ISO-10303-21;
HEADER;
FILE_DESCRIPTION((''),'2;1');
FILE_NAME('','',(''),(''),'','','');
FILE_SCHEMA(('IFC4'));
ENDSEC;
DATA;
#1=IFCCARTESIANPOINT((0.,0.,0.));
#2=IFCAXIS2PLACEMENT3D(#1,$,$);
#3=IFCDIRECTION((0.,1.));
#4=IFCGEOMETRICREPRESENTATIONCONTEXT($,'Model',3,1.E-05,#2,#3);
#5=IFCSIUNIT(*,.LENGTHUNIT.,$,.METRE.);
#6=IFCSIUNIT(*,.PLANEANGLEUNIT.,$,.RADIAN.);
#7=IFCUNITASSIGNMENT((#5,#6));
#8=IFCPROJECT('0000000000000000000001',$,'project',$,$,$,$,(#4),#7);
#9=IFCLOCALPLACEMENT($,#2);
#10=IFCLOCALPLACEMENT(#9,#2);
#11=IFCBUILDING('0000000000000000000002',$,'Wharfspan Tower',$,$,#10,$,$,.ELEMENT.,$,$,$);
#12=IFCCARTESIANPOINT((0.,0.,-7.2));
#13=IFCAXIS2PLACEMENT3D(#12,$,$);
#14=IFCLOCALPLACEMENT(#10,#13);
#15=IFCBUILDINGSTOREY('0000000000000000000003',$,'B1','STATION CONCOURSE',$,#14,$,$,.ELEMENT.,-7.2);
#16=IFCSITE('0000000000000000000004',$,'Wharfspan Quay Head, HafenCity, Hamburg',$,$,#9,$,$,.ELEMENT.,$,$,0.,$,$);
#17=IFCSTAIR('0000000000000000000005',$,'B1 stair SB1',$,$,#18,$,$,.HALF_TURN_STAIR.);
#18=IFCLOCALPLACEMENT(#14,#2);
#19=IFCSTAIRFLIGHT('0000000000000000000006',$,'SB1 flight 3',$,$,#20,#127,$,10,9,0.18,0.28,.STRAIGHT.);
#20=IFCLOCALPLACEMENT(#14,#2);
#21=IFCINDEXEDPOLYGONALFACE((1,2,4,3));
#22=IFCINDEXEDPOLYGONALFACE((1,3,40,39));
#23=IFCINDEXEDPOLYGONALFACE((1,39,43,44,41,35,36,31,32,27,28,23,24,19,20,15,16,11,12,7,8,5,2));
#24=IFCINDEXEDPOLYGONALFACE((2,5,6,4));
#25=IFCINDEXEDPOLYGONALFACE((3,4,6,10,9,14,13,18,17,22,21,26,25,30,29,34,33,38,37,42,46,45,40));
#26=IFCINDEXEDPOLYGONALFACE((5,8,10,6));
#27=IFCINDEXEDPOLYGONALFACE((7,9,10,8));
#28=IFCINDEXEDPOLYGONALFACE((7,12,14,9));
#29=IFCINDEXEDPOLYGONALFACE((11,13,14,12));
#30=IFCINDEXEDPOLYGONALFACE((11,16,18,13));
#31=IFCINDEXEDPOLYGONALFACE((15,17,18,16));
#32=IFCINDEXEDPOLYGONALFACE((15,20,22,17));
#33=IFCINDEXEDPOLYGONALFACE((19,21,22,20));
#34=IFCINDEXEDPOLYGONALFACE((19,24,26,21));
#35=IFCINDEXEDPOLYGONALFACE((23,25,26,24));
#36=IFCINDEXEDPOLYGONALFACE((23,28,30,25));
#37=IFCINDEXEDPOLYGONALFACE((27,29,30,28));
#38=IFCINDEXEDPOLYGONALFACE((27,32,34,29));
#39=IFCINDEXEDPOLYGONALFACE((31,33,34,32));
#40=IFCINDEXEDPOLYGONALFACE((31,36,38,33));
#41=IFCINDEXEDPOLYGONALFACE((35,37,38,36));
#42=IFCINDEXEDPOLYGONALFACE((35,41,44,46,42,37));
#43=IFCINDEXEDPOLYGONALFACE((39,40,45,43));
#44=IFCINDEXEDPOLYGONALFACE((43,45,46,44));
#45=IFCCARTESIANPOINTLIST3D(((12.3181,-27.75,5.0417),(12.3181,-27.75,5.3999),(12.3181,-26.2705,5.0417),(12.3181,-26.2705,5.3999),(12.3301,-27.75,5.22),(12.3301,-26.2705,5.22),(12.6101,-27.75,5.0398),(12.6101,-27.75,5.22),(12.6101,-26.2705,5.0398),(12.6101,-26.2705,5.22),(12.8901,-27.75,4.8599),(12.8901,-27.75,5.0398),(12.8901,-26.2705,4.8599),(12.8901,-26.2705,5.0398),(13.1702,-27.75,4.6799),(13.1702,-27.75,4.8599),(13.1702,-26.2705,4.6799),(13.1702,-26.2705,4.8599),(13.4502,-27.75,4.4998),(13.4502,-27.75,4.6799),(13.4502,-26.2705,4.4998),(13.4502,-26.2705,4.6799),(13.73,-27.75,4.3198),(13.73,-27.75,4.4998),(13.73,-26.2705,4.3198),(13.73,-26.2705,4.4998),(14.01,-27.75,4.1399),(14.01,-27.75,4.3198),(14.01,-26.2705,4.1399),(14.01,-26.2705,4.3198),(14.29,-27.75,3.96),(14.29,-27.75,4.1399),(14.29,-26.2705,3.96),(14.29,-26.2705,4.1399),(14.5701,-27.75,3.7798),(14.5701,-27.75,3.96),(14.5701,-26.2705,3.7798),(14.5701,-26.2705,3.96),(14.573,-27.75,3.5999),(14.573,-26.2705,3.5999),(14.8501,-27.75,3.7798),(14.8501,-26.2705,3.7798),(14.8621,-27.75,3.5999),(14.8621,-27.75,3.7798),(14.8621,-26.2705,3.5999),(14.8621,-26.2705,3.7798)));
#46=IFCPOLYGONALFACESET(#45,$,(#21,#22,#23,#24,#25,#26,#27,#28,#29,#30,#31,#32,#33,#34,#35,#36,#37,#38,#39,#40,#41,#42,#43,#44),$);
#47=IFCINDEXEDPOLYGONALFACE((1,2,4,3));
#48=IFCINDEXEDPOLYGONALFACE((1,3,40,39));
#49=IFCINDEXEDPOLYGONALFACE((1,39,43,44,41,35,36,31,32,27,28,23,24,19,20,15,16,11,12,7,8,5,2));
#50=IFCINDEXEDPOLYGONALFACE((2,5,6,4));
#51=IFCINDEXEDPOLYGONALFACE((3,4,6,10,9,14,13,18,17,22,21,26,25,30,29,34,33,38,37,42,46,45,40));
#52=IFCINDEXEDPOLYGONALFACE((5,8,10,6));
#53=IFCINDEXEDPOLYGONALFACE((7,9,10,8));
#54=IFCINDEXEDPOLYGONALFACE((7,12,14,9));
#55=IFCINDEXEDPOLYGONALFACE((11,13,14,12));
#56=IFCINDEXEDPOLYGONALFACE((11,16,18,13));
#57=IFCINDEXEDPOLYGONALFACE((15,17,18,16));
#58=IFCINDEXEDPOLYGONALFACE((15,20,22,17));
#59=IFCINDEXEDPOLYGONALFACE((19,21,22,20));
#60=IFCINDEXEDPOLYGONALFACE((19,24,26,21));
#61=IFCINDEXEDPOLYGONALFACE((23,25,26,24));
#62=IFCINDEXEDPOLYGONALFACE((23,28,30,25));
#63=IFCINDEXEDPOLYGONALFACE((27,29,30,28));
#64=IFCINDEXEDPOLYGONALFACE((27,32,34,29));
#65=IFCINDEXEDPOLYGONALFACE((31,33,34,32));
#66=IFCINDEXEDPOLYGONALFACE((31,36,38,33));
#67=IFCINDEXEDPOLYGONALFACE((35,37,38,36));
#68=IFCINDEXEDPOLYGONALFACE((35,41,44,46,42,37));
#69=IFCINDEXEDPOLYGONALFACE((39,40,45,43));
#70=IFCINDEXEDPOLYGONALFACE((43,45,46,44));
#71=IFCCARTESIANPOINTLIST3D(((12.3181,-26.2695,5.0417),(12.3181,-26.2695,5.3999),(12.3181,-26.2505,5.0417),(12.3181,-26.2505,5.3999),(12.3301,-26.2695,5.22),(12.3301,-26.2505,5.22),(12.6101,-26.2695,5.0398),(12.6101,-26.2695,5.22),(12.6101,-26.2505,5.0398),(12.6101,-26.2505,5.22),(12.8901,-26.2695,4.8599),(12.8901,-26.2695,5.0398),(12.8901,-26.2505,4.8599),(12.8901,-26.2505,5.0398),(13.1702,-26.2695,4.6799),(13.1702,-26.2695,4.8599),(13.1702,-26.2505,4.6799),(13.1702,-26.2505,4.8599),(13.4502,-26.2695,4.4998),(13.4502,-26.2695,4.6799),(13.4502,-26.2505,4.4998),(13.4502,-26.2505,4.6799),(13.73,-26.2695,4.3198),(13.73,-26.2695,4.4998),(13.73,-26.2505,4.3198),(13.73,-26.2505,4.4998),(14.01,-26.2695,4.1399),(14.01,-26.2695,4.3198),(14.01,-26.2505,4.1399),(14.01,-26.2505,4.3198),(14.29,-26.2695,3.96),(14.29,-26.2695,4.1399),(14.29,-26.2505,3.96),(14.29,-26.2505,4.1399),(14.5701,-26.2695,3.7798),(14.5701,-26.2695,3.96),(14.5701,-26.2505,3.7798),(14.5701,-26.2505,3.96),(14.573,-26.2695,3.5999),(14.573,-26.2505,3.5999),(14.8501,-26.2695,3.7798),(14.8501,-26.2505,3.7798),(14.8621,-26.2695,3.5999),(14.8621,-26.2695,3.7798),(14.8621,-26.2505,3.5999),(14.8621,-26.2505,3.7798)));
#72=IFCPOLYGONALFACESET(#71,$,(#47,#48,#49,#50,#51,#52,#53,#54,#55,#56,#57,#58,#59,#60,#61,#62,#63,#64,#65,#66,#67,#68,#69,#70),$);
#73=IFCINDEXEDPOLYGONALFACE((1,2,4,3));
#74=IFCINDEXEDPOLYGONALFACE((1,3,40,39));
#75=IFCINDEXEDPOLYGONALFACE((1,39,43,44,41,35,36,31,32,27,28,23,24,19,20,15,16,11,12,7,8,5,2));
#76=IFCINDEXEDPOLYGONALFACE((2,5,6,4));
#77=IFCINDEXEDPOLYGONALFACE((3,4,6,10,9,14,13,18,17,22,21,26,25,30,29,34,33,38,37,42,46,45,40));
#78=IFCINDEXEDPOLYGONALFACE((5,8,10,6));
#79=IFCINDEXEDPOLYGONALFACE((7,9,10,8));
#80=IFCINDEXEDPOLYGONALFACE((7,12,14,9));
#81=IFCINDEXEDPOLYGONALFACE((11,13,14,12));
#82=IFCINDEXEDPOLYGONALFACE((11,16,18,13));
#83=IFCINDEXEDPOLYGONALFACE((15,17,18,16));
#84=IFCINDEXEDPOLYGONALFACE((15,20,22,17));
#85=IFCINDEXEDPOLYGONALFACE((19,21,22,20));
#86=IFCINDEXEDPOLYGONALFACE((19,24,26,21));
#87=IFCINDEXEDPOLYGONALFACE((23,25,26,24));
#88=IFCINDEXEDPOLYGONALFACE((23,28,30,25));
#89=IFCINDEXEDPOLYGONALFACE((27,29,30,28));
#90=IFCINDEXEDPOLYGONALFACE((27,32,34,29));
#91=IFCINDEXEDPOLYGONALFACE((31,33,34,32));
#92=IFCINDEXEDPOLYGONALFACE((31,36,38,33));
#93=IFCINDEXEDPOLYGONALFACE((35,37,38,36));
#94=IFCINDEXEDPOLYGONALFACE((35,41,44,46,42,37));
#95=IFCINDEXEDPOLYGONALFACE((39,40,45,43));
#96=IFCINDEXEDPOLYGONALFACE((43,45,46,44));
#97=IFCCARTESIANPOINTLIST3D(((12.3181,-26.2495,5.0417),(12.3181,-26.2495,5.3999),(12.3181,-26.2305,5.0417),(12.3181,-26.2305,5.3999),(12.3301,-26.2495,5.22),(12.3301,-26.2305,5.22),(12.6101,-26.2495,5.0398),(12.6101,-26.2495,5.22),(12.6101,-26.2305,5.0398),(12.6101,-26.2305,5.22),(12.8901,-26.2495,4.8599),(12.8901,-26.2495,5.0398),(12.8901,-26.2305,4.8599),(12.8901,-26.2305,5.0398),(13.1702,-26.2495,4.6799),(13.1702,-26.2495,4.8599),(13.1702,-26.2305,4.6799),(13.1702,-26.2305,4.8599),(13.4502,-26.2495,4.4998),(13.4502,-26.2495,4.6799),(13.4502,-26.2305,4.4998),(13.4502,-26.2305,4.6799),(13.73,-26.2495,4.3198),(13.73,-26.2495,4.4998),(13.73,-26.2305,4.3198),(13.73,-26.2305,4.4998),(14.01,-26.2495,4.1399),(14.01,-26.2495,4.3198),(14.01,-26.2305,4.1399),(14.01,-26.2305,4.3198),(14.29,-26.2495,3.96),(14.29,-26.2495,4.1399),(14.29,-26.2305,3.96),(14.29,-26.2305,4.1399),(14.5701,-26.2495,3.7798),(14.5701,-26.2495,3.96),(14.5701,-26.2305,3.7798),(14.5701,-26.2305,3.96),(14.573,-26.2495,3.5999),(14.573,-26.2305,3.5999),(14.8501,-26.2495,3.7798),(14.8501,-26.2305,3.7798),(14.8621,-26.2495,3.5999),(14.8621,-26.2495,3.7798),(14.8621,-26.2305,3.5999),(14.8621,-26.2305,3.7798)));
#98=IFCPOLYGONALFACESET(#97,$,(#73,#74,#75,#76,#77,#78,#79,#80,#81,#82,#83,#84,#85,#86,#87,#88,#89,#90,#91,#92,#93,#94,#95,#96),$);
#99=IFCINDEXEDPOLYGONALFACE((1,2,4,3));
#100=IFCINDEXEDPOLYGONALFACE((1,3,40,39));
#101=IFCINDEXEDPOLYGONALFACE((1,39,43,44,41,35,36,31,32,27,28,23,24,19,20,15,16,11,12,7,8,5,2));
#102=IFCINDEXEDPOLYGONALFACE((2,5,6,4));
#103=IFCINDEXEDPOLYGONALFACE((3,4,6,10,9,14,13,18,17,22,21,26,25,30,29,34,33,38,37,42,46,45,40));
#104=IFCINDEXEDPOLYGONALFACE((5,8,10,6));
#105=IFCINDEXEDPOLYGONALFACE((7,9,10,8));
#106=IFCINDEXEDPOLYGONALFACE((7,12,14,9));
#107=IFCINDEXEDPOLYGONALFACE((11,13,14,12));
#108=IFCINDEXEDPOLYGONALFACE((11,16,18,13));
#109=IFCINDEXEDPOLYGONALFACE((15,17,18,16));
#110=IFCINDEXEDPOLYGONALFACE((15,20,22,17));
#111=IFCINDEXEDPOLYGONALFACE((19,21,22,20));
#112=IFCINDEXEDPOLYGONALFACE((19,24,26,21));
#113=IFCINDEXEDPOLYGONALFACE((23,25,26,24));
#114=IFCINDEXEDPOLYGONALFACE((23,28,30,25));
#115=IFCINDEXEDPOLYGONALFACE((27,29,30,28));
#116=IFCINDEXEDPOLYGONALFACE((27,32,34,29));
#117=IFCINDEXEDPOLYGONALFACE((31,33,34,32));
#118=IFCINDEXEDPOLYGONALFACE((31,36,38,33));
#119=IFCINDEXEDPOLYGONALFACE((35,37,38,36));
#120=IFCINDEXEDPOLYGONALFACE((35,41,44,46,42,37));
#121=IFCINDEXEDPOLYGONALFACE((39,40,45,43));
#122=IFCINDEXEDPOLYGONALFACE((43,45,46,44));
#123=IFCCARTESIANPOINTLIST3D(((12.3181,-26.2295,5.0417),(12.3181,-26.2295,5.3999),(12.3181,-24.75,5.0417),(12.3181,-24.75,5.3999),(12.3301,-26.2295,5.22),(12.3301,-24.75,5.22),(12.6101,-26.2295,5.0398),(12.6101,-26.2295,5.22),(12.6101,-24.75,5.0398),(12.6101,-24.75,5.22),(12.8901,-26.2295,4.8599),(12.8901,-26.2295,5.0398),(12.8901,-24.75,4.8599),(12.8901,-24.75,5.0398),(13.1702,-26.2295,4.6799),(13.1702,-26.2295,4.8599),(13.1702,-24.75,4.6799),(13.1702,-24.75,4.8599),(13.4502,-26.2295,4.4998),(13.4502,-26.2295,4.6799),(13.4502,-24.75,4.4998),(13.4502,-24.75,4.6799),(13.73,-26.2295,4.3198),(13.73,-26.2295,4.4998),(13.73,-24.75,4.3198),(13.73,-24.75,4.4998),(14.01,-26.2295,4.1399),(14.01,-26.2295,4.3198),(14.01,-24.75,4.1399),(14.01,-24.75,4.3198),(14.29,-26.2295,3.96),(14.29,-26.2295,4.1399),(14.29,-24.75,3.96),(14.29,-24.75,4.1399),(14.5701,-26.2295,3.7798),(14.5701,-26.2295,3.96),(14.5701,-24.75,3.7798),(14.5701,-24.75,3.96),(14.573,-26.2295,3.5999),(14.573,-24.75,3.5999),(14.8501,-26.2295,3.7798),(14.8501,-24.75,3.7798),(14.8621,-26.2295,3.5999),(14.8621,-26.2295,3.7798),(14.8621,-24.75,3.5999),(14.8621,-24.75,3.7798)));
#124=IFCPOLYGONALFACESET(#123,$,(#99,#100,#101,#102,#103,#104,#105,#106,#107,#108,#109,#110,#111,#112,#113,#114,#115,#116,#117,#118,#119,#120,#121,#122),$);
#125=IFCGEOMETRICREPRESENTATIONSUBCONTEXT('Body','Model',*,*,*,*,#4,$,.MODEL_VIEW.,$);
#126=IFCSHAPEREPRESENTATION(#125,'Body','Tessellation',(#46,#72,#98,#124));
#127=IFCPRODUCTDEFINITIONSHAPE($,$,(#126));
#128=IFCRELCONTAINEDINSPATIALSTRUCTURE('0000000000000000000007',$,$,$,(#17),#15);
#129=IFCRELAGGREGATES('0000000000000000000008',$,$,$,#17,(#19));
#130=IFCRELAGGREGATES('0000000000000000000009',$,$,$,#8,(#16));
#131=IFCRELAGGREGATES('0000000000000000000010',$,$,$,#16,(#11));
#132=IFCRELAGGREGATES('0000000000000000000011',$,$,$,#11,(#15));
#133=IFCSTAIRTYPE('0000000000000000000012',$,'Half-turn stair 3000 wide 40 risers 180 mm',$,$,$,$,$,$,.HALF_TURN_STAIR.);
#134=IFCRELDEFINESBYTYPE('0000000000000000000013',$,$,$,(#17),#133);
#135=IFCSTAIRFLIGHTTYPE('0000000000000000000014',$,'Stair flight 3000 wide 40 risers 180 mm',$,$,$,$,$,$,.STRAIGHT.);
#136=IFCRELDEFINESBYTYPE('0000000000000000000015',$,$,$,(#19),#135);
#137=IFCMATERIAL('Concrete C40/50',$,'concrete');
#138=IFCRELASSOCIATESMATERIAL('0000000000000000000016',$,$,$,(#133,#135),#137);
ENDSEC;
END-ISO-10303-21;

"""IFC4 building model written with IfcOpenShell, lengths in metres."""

from ifc_helpers import new_model, si_unit, direction, frame, origin, place, context, subcontext, project, spatial, polyline, outline, extrude, material, type_object, element, aggregate, save


model = new_model("IFC4")

# Units and contexts
model_context = context("Model", 3, precision=1e-05, world=origin(), true_north=direction((0.0, 1.0)))
body_context = subcontext(model_context, "Body", "Model", "MODEL_VIEW")
ifc_project = project(units=[si_unit("LENGTHUNIT", "METRE"), si_unit("PLANEANGLEUNIT", "RADIAN")], contexts=[model_context])

# Site, building, storey
site_placement = place(None, origin())
site = spatial("IfcSite", under=ifc_project, at=site_placement, Name="Wharfspan Quay Head, HafenCity, Hamburg", CompositionType="ELEMENT", RefElevation=0.0)
building_placement = place(site_placement, origin())
building = spatial("IfcBuilding", under=site, at=building_placement, Name="Wharfspan Tower", CompositionType="ELEMENT")
storey_placement = place(building_placement, frame((0.0, 0.0, -7.2)))
storey = spatial("IfcBuildingStorey", under=building, at=storey_placement, Name="B1", Description="STATION CONCOURSE", CompositionType="ELEMENT", Elevation=-7.2)

# Shared definitions
ifc_material_1 = material(Name="Concrete C40/50", Category="concrete")

# Stair, stair flight
stair_type = type_object("IfcStairType", Name="Half-turn stair 3000 wide 40 risers 180 mm", PredefinedType="HALF_TURN_STAIR", material=ifc_material_1)
stair_placement = place(storey_placement, origin())
stair = element("IfcStair", 1, at=stair_placement, inside=storey, type_object=stair_type, Name="B1 stair SB1", PredefinedType="HALF_TURN_STAIR")
stair_flight_type = type_object("IfcStairFlightType", Name="Stair flight 3000 wide 40 risers 180 mm", PredefinedType="STRAIGHT", material=ifc_material_1)
stair_flight_1_placement = place(storey_placement, frame((14.8501, -26.25, 3.5999), z_axis=(0.0, 0.0, 1.0), x_axis=(-1.0, 0.0, 0.0)))
stair_flight_1 = element("IfcStairFlight", 2, at=stair_flight_1_placement, type_object=stair_flight_type, Name="SB1 flight 3", NumberOfRisers=10, NumberOfTreads=9, PredefinedType="STRAIGHT", RiserHeight=0.18, TreadLength=0.28, context=body_context, shape_type="SweptSolid", body=[
    extrude(outline(polyline([(-0.012, 0.0), (-0.012, 0.1799), (0.0, 0.1799), (0.28, 0.1799), (0.28, 0.3601), (0.5601, 0.3601), (0.5601, 0.54), (0.8401, 0.54), (0.8401, 0.72), (1.1201, 0.72), (1.1201, 0.8999), (1.3999, 0.8999), (1.3999, 1.0801), (1.6799, 1.0801), (1.6799, 1.26), (1.96, 1.26), (1.96, 1.4399), (2.24, 1.4399), (2.24, 1.6201), (2.52, 1.6201), (2.532, 1.8), (2.532, 1.4419), (0.2771, 0.0), (-0.012, 0.0)])), frame((0.0, 1.5, 0.0), z_axis=(0.0, -1.0, 0.0), x_axis=(1.0, 0.0, 0.0)), (0.0, 0.0, 1.0), 1.4795),
    extrude(outline(polyline([(-0.012, 0.0), (-0.012, 0.1799), (0.0, 0.1799), (0.28, 0.1799), (0.28, 0.3601), (0.5601, 0.3601), (0.5601, 0.54), (0.8401, 0.54), (0.8401, 0.72), (1.1201, 0.72), (1.1201, 0.8999), (1.3999, 0.8999), (1.3999, 1.0801), (1.6799, 1.0801), (1.6799, 1.26), (1.96, 1.26), (1.96, 1.4399), (2.24, 1.4399), (2.24, 1.6201), (2.52, 1.6201), (2.532, 1.8), (2.532, 1.4419), (0.2771, 0.0), (-0.012, 0.0)])), frame((0.0, 0.0195, 0.0), z_axis=(0.0, -1.0, 0.0), x_axis=(1.0, 0.0, 0.0)), (0.0, 0.0, 1.0), 0.019),
    extrude(outline(polyline([(-0.012, 0.0), (-0.012, 0.1799), (0.0, 0.1799), (0.28, 0.1799), (0.28, 0.3601), (0.5601, 0.3601), (0.5601, 0.54), (0.8401, 0.54), (0.8401, 0.72), (1.1201, 0.72), (1.1201, 0.8999), (1.3999, 0.8999), (1.3999, 1.0801), (1.6799, 1.0801), (1.6799, 1.26), (1.96, 1.26), (1.96, 1.4399), (2.24, 1.4399), (2.24, 1.6201), (2.52, 1.6201), (2.532, 1.8), (2.532, 1.4419), (0.2771, 0.0), (-0.012, 0.0)])), frame((0.0, -0.0005, 0.0), z_axis=(0.0, -1.0, 0.0), x_axis=(1.0, 0.0, 0.0)), (0.0, 0.0, 1.0), 0.019),
    extrude(outline(polyline([(-0.012, 0.0), (-0.012, 0.1799), (0.0, 0.1799), (0.28, 0.1799), (0.28, 0.3601), (0.5601, 0.3601), (0.5601, 0.54), (0.8401, 0.54), (0.8401, 0.72), (1.1201, 0.72), (1.1201, 0.8999), (1.3999, 0.8999), (1.3999, 1.0801), (1.6799, 1.0801), (1.6799, 1.26), (1.96, 1.26), (1.96, 1.4399), (2.24, 1.4399), (2.24, 1.6201), (2.52, 1.6201), (2.532, 1.8), (2.532, 1.4419), (0.2771, 0.0), (-0.012, 0.0)])), frame((0.0, -0.0205, 0.0), z_axis=(0.0, -1.0, 0.0), x_axis=(1.0, 0.0, 0.0)), (0.0, 0.0, 1.0), 1.4795),
])
aggregate(stair, [stair_flight_1])

save(model, "model.ifc")
